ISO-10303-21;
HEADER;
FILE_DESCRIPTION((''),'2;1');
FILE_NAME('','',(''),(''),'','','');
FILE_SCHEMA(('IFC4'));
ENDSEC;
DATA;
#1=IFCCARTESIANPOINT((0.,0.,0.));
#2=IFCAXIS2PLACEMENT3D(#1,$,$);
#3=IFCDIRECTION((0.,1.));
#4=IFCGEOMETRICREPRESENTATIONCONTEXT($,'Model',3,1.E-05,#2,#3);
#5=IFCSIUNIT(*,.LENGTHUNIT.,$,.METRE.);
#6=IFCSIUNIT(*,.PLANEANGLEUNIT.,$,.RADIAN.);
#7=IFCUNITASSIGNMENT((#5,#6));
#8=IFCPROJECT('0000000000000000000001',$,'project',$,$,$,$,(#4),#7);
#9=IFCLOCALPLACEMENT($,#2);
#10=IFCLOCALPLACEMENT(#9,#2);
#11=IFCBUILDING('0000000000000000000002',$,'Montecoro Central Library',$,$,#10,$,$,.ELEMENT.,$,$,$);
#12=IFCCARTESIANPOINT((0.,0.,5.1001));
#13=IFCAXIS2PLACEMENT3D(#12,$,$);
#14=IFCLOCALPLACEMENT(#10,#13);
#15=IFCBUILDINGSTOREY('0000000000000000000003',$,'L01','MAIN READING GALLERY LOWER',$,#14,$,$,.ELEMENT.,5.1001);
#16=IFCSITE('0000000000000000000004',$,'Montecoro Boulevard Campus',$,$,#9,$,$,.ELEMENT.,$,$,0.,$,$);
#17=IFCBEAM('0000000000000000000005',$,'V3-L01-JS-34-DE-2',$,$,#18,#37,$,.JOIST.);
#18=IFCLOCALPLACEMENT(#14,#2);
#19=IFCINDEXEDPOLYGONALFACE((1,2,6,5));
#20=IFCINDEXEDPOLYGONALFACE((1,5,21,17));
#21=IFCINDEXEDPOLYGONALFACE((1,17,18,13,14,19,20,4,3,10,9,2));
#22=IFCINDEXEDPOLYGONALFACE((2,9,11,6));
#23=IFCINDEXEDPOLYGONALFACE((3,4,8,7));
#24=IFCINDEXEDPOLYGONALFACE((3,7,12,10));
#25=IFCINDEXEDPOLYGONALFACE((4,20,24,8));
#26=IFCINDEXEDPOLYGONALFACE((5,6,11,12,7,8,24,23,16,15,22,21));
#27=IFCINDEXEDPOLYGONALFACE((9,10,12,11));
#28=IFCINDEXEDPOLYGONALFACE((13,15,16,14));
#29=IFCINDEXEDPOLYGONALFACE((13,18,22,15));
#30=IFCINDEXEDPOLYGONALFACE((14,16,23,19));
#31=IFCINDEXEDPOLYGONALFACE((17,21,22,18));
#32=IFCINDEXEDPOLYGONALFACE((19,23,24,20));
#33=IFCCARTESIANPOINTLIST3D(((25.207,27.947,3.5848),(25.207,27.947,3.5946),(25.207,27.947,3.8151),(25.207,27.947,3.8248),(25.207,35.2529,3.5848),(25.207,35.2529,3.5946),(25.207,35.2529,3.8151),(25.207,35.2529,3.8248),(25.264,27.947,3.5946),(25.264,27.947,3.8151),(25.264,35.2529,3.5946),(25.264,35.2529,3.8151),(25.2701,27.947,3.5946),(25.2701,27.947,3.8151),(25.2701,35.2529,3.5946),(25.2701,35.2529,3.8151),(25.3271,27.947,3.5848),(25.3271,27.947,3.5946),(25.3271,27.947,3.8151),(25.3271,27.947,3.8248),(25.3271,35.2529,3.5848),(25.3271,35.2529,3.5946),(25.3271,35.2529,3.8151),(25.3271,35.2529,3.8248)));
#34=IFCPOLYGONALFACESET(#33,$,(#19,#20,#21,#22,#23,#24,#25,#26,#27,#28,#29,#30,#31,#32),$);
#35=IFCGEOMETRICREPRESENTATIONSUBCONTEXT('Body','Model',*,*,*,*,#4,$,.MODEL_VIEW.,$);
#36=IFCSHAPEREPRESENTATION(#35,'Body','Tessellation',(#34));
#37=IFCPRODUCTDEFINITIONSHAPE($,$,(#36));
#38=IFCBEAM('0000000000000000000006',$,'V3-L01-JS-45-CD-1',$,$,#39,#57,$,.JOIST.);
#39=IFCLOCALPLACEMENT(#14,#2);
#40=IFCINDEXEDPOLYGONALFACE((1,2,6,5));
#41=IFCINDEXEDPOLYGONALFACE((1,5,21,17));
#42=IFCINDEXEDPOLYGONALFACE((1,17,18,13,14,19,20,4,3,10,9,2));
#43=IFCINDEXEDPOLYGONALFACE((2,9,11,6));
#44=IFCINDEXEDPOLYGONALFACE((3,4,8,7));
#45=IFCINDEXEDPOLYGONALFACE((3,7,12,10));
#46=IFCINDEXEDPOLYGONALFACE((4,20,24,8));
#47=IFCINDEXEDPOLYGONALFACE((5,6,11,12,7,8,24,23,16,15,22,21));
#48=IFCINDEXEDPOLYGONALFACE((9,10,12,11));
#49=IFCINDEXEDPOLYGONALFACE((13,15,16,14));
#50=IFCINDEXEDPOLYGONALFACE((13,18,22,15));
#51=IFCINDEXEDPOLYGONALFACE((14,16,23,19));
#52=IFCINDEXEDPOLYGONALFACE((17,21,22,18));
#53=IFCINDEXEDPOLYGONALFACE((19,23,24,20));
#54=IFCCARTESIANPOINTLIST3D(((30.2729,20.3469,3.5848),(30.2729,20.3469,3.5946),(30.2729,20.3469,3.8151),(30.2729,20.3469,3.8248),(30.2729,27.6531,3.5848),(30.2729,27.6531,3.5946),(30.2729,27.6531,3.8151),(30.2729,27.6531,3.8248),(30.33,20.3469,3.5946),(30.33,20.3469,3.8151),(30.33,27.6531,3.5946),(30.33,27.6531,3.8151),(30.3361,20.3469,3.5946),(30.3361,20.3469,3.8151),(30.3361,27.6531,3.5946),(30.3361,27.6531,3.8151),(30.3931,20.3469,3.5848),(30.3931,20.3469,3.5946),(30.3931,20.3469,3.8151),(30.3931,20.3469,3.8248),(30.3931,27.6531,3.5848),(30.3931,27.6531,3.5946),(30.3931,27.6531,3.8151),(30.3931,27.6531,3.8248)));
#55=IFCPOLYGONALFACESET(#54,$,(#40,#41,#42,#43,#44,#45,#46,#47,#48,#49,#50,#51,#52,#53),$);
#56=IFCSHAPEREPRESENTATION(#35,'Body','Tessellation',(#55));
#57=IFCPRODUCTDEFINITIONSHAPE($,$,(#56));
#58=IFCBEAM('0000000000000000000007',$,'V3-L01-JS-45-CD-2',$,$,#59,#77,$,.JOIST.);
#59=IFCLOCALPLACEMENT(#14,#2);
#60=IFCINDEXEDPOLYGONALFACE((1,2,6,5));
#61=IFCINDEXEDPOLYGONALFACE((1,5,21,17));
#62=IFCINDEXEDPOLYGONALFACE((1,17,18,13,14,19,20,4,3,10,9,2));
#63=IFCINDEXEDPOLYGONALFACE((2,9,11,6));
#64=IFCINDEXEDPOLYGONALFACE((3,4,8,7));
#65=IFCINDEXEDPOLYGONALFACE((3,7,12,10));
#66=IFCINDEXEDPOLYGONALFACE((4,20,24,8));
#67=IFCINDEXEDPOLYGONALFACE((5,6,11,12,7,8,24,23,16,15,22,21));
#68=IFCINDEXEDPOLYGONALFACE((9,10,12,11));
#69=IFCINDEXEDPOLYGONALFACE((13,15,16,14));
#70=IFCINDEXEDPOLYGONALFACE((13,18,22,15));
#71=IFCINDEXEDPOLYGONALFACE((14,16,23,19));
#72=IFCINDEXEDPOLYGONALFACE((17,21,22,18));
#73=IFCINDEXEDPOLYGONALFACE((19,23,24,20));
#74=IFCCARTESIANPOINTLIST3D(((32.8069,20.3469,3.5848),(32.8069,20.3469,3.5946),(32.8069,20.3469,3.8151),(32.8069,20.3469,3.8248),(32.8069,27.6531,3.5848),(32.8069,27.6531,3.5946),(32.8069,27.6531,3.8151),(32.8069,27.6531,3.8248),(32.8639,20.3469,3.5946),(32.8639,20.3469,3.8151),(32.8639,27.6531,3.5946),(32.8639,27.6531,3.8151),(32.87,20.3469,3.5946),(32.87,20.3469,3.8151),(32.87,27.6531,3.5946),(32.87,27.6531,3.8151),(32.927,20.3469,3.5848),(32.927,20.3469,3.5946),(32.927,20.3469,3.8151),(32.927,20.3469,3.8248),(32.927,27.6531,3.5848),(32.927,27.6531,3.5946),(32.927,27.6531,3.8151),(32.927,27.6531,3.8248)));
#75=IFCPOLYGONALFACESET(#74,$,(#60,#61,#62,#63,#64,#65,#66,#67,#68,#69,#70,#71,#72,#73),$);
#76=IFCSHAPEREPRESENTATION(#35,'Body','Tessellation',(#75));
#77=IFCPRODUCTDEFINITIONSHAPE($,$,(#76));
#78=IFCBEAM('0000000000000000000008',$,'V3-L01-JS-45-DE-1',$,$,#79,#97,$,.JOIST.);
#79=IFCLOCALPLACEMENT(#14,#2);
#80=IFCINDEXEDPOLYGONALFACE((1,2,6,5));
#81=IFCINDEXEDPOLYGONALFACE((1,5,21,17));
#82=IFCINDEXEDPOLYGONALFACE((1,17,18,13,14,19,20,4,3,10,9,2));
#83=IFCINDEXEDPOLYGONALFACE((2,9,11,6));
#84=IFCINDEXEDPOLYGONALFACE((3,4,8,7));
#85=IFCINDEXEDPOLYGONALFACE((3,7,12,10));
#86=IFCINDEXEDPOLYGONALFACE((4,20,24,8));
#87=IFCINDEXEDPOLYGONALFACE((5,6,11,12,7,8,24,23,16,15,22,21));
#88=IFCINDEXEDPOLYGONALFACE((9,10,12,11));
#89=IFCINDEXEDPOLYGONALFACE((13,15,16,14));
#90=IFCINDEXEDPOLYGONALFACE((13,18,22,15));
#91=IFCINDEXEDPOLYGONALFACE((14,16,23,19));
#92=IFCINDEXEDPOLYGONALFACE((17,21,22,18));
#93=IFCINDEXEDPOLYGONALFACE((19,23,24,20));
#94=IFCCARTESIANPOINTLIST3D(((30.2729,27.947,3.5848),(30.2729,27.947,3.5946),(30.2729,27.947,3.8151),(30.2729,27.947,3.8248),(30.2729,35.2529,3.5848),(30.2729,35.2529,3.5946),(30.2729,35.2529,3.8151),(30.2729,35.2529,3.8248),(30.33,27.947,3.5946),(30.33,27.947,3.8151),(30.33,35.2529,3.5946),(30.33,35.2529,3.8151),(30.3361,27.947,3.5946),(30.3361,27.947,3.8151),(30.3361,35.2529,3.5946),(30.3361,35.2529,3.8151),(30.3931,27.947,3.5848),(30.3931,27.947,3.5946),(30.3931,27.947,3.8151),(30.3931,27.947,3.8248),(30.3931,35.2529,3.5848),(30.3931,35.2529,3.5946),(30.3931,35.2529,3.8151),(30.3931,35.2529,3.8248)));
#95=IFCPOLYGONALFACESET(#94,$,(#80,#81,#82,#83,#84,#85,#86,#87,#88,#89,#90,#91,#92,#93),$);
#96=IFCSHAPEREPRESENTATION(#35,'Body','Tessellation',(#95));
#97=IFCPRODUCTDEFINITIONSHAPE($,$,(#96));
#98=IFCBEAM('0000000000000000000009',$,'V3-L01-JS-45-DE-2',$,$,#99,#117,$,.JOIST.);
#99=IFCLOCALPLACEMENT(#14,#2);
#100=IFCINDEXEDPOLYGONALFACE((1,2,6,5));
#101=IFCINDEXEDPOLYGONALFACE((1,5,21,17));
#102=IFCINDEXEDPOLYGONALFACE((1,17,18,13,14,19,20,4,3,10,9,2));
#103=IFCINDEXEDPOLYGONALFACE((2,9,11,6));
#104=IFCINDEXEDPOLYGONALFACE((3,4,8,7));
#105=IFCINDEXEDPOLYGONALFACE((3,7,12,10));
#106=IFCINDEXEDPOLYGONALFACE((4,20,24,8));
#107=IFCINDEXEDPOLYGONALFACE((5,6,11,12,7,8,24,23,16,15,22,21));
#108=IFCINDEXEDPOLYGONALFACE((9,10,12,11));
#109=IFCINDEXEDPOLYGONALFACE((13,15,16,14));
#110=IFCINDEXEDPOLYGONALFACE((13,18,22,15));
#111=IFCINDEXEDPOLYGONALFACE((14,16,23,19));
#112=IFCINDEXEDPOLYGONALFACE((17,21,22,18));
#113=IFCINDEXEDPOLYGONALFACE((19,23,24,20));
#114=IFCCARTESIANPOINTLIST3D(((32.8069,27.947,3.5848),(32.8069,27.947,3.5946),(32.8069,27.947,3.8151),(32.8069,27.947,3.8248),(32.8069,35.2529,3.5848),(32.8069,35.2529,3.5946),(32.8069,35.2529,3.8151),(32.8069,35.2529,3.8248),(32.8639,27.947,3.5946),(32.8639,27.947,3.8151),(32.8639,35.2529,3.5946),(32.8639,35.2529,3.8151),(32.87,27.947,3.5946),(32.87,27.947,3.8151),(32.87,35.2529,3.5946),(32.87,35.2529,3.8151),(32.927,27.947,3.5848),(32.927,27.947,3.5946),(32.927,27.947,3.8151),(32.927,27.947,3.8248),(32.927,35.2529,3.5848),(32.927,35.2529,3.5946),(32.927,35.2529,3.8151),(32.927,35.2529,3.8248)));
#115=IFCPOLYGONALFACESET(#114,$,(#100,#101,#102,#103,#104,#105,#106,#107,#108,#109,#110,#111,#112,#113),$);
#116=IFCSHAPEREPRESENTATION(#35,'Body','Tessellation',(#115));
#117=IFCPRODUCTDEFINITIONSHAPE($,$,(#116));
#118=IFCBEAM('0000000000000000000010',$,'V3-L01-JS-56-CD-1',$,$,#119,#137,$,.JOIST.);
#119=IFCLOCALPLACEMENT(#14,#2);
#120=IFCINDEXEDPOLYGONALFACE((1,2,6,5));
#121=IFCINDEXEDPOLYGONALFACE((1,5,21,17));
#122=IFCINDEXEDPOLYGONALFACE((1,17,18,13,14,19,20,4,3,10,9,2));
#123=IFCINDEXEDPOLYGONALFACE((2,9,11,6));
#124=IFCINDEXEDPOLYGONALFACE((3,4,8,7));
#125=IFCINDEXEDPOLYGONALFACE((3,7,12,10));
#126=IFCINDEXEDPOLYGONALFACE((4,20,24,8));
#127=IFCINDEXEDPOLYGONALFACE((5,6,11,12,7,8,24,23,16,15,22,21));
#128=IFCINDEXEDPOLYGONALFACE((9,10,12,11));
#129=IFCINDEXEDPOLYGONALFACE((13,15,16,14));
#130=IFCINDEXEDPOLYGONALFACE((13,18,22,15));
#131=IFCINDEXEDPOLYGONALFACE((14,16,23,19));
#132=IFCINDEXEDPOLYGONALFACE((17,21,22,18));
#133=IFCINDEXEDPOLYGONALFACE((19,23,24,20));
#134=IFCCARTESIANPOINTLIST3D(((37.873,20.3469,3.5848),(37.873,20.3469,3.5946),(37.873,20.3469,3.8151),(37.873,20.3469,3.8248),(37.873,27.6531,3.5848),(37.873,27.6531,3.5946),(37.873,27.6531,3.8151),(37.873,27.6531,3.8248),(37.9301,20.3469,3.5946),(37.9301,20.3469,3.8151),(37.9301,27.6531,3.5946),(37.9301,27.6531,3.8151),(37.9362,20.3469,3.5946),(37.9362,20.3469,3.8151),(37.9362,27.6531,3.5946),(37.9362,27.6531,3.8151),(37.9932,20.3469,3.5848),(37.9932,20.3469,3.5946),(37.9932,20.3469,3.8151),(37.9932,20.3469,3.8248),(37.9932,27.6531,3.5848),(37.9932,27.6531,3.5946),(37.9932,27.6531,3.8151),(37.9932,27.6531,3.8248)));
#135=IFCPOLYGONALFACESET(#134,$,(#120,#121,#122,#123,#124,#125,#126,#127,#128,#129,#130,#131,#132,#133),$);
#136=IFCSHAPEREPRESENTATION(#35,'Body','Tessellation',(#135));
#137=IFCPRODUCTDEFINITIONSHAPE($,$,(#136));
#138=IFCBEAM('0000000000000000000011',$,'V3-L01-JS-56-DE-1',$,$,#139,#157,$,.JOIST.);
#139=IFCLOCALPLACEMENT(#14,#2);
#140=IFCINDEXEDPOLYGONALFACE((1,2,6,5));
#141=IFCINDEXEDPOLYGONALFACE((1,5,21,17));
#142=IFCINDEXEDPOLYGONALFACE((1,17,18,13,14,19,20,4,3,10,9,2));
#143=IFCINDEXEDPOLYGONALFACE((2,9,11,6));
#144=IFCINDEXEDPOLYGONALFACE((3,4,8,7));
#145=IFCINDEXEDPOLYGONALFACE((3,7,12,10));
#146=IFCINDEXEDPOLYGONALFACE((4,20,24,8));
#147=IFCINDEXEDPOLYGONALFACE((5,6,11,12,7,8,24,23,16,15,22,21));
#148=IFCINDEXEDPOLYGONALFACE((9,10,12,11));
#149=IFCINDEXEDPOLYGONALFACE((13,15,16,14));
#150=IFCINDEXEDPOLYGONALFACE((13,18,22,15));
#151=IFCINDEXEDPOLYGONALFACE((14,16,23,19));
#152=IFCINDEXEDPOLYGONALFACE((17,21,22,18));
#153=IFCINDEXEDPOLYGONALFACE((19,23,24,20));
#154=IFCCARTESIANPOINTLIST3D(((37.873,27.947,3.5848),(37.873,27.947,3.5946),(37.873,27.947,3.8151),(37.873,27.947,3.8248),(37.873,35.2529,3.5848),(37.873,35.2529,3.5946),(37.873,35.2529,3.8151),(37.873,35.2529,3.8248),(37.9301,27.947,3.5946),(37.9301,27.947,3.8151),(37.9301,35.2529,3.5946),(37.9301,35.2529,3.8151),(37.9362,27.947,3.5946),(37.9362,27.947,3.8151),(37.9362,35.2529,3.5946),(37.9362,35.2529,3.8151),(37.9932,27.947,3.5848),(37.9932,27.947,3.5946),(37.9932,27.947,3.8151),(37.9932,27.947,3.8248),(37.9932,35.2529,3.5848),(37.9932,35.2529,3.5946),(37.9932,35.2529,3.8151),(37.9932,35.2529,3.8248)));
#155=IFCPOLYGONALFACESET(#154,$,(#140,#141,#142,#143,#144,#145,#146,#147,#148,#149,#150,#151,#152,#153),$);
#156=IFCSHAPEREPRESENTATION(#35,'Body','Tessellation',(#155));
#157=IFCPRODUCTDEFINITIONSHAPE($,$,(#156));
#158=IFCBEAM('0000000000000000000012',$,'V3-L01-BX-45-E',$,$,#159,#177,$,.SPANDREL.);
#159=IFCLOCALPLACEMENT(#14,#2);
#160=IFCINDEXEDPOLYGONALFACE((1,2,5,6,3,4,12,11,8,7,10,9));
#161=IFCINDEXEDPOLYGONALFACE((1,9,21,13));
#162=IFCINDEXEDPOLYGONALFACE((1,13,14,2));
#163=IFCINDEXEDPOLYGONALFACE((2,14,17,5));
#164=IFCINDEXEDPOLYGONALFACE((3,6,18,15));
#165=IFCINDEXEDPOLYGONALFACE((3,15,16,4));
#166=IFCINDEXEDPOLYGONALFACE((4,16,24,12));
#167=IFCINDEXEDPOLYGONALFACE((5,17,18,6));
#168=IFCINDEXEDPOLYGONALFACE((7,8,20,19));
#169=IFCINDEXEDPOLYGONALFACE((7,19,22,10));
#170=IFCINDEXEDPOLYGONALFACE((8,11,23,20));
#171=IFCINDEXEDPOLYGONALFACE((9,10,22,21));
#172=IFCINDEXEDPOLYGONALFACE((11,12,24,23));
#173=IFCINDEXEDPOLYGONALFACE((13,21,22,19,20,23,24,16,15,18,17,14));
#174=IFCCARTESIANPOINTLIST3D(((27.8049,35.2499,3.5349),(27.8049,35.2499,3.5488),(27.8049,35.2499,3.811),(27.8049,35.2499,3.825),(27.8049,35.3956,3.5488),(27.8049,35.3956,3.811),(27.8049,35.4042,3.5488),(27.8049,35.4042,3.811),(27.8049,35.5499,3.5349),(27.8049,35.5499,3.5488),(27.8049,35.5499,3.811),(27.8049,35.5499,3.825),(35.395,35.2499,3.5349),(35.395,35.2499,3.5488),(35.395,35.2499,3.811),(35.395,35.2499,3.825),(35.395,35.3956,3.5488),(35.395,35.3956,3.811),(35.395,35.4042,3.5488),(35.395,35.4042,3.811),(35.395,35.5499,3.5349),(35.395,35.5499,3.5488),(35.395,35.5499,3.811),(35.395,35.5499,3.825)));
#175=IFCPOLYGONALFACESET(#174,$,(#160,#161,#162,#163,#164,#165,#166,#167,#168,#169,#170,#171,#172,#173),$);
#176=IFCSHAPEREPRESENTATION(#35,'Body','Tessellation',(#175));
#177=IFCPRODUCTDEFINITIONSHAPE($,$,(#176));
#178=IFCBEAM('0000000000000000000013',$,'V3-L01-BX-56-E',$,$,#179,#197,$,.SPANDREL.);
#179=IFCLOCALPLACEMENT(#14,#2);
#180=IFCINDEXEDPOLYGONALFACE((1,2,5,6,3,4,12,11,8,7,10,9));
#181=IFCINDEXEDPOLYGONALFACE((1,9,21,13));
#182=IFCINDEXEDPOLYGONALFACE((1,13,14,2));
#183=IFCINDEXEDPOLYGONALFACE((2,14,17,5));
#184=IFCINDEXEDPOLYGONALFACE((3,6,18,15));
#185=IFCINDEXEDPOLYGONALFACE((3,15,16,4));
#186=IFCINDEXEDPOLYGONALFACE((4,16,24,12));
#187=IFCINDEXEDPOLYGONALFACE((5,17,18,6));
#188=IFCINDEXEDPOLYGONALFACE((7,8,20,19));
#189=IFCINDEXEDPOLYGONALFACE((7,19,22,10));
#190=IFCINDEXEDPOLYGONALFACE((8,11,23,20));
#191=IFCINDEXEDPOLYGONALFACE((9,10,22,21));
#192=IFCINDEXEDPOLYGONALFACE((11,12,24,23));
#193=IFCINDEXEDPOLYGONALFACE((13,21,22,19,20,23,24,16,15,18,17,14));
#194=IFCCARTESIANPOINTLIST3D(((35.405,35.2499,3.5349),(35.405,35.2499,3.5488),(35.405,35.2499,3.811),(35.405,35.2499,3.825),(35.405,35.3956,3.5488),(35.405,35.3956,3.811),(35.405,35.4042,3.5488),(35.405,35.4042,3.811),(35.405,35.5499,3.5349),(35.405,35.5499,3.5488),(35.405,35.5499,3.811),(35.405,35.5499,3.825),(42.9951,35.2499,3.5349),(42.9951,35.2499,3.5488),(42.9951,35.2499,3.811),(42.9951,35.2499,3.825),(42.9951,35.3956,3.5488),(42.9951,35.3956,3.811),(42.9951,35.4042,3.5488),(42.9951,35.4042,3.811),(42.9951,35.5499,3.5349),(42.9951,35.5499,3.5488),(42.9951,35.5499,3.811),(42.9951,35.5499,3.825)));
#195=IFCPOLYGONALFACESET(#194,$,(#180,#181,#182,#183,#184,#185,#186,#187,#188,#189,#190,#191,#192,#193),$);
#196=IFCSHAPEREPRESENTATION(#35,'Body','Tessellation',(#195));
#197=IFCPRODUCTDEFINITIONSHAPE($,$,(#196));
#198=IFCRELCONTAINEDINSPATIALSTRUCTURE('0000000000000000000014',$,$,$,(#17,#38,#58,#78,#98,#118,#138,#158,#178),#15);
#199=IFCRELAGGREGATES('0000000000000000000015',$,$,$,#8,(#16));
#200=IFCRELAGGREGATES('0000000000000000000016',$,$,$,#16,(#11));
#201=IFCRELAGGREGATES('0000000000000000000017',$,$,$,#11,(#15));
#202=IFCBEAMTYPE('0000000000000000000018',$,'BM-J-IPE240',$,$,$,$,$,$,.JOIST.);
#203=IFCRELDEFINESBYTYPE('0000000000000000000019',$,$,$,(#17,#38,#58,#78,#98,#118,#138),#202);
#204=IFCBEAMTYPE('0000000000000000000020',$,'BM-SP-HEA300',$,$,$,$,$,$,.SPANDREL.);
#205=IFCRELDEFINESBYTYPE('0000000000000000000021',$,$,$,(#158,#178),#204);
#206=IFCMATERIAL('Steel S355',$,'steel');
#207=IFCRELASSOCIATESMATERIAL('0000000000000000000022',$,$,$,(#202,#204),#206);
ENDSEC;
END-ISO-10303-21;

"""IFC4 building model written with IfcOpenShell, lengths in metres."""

from ifc_helpers import new_model, si_unit, direction, frame, origin, origin_2d, place, context, subcontext, project, spatial, i_section, extrude, material, material_profile, profile_set, type_object, element, save


model = new_model("IFC4")

# Units and contexts
model_context = context("Model", 3, precision=1e-05, world=origin(), true_north=direction((0.0, 1.0)))
body_context = subcontext(model_context, "Body", "Model", "MODEL_VIEW")
ifc_project = project(units=[si_unit("LENGTHUNIT", "METRE"), si_unit("PLANEANGLEUNIT", "RADIAN")], contexts=[model_context])

# Site, building, storey
site_placement = place(None, origin())
site = spatial("IfcSite", under=ifc_project, at=site_placement, Name="Montecoro Boulevard Campus", CompositionType="ELEMENT", RefElevation=0.0)
building_placement = place(site_placement, origin())
building = spatial("IfcBuilding", under=site, at=building_placement, Name="Montecoro Central Library", CompositionType="ELEMENT")
storey_placement = place(building_placement, frame((0.0, 0.0, 5.1001)))
storey = spatial("IfcBuildingStorey", under=building, at=storey_placement, Name="L01", Description="MAIN READING GALLERY LOWER", CompositionType="ELEMENT", Elevation=5.1001)

# Shared definitions
ifc_material_1 = material(Name="Steel S355", Category="steel")

# Beams
ifc_material_profile_1 = material_profile(ifc_material_1, i_section(OverallWidth=0.1201, OverallDepth=0.24, WebThickness=0.0061, FlangeThickness=0.0098, at=origin_2d()), Name="IPE 240")
ifc_profile_set_1 = profile_set([ifc_material_profile_1], Name="Steel S355")
beam_type_1 = type_object("IfcBeamType", Name="BM-J-IPE240", PredefinedType="JOIST", material=ifc_profile_set_1)
beam_1_placement = place(storey_placement, frame((25.2671, 27.947, 3.7048), z_axis=(0.0, 1.0, 0.0), x_axis=(-1.0, 0.0, 0.0)))
element("IfcBeam", 1, at=beam_1_placement, inside=storey, type_object=beam_type_1, Name="V3-L01-JS-34-DE-2", PredefinedType="JOIST", context=body_context, shape_type="SweptSolid", body=[
    extrude(i_section(OverallWidth=0.1201, OverallDepth=0.24, WebThickness=0.0061, FlangeThickness=0.0098, at=origin_2d()), origin(), (0.0, 0.0, 1.0), 7.3059),
])
for number, where, z_axis, x_axis, name in (
    (2, (30.333, 20.3469, 3.7048), (0.0, 1.0, 0.0), (-1.0, 0.0, 0.0), "V3-L01-JS-45-CD-1"),
    (3, (32.8669, 20.3469, 3.7048), (0.0, 1.0, 0.0), (-1.0, 0.0, 0.0), "V3-L01-JS-45-CD-2"),
):
    element("IfcBeam", number, at=place(storey_placement, frame(where, z_axis=z_axis, x_axis=x_axis)), inside=storey, type_object=beam_type_1, Name=name, PredefinedType="JOIST", context=body_context, shape_type="SweptSolid", body=[
        extrude(i_section(OverallWidth=0.1201, OverallDepth=0.24, WebThickness=0.0061, FlangeThickness=0.0098, at=origin_2d()), origin(), (0.0, 0.0, 1.0), 7.3062),
    ])
for number, where, z_axis, x_axis, name in (
    (4, (30.333, 27.947, 3.7048), (0.0, 1.0, 0.0), (-1.0, 0.0, 0.0), "V3-L01-JS-45-DE-1"),
    (5, (32.8669, 27.947, 3.7048), (0.0, 1.0, 0.0), (-1.0, 0.0, 0.0), "V3-L01-JS-45-DE-2"),
):
    element("IfcBeam", number, at=place(storey_placement, frame(where, z_axis=z_axis, x_axis=x_axis)), inside=storey, type_object=beam_type_1, Name=name, PredefinedType="JOIST", context=body_context, shape_type="SweptSolid", body=[
        extrude(i_section(OverallWidth=0.1201, OverallDepth=0.24, WebThickness=0.0061, FlangeThickness=0.0098, at=origin_2d()), origin(), (0.0, 0.0, 1.0), 7.3059),
    ])
beam_2_placement = place(storey_placement, frame((37.9331, 20.3469, 3.7048), z_axis=(0.0, 1.0, 0.0), x_axis=(-1.0, 0.0, 0.0)))
element("IfcBeam", 6, at=beam_2_placement, inside=storey, type_object=beam_type_1, Name="V3-L01-JS-56-CD-1", PredefinedType="JOIST", context=body_context, shape_type="SweptSolid", body=[
    extrude(i_section(OverallWidth=0.1201, OverallDepth=0.24, WebThickness=0.0061, FlangeThickness=0.0098, at=origin_2d()), origin(), (0.0, 0.0, 1.0), 7.3062),
])
beam_3_placement = place(storey_placement, frame((37.9331, 27.947, 3.7048), z_axis=(0.0, 1.0, 0.0), x_axis=(-1.0, 0.0, 0.0)))
element("IfcBeam", 7, at=beam_3_placement, inside=storey, type_object=beam_type_1, Name="V3-L01-JS-56-DE-1", PredefinedType="JOIST", context=body_context, shape_type="SweptSolid", body=[
    extrude(i_section(OverallWidth=0.1201, OverallDepth=0.24, WebThickness=0.0061, FlangeThickness=0.0098, at=origin_2d()), origin(), (0.0, 0.0, 1.0), 7.3059),
])
ifc_material_profile_2 = material_profile(ifc_material_1, i_section(OverallWidth=0.3, OverallDepth=0.29, WebThickness=0.0085, FlangeThickness=0.0139, at=origin_2d()), Name="HEA 300")
ifc_profile_set_2 = profile_set([ifc_material_profile_2], Name="Steel S355")
beam_type_2 = type_object("IfcBeamType", Name="BM-SP-HEA300", PredefinedType="SPANDREL", material=ifc_profile_set_2)
for number, where, z_axis, x_axis, name in (
    (8, (27.8049, 35.3999, 3.6799), (1.0, 0.0, 0.0), (0.0, 1.0, 0.0), "V3-L01-BX-45-E"),
    (9, (35.405, 35.3999, 3.6799), (1.0, 0.0, 0.0), (0.0, 1.0, 0.0), "V3-L01-BX-56-E"),
):
    element("IfcBeam", number, at=place(storey_placement, frame(where, z_axis=z_axis, x_axis=x_axis)), inside=storey, type_object=beam_type_2, Name=name, PredefinedType="SPANDREL", context=body_context, shape_type="SweptSolid", body=[
        extrude(i_section(OverallWidth=0.3, OverallDepth=0.29, WebThickness=0.0085, FlangeThickness=0.0139, at=origin_2d()), origin(), (0.0, 0.0, 1.0), 7.5901),
    ])

save(model, "model.ifc")
